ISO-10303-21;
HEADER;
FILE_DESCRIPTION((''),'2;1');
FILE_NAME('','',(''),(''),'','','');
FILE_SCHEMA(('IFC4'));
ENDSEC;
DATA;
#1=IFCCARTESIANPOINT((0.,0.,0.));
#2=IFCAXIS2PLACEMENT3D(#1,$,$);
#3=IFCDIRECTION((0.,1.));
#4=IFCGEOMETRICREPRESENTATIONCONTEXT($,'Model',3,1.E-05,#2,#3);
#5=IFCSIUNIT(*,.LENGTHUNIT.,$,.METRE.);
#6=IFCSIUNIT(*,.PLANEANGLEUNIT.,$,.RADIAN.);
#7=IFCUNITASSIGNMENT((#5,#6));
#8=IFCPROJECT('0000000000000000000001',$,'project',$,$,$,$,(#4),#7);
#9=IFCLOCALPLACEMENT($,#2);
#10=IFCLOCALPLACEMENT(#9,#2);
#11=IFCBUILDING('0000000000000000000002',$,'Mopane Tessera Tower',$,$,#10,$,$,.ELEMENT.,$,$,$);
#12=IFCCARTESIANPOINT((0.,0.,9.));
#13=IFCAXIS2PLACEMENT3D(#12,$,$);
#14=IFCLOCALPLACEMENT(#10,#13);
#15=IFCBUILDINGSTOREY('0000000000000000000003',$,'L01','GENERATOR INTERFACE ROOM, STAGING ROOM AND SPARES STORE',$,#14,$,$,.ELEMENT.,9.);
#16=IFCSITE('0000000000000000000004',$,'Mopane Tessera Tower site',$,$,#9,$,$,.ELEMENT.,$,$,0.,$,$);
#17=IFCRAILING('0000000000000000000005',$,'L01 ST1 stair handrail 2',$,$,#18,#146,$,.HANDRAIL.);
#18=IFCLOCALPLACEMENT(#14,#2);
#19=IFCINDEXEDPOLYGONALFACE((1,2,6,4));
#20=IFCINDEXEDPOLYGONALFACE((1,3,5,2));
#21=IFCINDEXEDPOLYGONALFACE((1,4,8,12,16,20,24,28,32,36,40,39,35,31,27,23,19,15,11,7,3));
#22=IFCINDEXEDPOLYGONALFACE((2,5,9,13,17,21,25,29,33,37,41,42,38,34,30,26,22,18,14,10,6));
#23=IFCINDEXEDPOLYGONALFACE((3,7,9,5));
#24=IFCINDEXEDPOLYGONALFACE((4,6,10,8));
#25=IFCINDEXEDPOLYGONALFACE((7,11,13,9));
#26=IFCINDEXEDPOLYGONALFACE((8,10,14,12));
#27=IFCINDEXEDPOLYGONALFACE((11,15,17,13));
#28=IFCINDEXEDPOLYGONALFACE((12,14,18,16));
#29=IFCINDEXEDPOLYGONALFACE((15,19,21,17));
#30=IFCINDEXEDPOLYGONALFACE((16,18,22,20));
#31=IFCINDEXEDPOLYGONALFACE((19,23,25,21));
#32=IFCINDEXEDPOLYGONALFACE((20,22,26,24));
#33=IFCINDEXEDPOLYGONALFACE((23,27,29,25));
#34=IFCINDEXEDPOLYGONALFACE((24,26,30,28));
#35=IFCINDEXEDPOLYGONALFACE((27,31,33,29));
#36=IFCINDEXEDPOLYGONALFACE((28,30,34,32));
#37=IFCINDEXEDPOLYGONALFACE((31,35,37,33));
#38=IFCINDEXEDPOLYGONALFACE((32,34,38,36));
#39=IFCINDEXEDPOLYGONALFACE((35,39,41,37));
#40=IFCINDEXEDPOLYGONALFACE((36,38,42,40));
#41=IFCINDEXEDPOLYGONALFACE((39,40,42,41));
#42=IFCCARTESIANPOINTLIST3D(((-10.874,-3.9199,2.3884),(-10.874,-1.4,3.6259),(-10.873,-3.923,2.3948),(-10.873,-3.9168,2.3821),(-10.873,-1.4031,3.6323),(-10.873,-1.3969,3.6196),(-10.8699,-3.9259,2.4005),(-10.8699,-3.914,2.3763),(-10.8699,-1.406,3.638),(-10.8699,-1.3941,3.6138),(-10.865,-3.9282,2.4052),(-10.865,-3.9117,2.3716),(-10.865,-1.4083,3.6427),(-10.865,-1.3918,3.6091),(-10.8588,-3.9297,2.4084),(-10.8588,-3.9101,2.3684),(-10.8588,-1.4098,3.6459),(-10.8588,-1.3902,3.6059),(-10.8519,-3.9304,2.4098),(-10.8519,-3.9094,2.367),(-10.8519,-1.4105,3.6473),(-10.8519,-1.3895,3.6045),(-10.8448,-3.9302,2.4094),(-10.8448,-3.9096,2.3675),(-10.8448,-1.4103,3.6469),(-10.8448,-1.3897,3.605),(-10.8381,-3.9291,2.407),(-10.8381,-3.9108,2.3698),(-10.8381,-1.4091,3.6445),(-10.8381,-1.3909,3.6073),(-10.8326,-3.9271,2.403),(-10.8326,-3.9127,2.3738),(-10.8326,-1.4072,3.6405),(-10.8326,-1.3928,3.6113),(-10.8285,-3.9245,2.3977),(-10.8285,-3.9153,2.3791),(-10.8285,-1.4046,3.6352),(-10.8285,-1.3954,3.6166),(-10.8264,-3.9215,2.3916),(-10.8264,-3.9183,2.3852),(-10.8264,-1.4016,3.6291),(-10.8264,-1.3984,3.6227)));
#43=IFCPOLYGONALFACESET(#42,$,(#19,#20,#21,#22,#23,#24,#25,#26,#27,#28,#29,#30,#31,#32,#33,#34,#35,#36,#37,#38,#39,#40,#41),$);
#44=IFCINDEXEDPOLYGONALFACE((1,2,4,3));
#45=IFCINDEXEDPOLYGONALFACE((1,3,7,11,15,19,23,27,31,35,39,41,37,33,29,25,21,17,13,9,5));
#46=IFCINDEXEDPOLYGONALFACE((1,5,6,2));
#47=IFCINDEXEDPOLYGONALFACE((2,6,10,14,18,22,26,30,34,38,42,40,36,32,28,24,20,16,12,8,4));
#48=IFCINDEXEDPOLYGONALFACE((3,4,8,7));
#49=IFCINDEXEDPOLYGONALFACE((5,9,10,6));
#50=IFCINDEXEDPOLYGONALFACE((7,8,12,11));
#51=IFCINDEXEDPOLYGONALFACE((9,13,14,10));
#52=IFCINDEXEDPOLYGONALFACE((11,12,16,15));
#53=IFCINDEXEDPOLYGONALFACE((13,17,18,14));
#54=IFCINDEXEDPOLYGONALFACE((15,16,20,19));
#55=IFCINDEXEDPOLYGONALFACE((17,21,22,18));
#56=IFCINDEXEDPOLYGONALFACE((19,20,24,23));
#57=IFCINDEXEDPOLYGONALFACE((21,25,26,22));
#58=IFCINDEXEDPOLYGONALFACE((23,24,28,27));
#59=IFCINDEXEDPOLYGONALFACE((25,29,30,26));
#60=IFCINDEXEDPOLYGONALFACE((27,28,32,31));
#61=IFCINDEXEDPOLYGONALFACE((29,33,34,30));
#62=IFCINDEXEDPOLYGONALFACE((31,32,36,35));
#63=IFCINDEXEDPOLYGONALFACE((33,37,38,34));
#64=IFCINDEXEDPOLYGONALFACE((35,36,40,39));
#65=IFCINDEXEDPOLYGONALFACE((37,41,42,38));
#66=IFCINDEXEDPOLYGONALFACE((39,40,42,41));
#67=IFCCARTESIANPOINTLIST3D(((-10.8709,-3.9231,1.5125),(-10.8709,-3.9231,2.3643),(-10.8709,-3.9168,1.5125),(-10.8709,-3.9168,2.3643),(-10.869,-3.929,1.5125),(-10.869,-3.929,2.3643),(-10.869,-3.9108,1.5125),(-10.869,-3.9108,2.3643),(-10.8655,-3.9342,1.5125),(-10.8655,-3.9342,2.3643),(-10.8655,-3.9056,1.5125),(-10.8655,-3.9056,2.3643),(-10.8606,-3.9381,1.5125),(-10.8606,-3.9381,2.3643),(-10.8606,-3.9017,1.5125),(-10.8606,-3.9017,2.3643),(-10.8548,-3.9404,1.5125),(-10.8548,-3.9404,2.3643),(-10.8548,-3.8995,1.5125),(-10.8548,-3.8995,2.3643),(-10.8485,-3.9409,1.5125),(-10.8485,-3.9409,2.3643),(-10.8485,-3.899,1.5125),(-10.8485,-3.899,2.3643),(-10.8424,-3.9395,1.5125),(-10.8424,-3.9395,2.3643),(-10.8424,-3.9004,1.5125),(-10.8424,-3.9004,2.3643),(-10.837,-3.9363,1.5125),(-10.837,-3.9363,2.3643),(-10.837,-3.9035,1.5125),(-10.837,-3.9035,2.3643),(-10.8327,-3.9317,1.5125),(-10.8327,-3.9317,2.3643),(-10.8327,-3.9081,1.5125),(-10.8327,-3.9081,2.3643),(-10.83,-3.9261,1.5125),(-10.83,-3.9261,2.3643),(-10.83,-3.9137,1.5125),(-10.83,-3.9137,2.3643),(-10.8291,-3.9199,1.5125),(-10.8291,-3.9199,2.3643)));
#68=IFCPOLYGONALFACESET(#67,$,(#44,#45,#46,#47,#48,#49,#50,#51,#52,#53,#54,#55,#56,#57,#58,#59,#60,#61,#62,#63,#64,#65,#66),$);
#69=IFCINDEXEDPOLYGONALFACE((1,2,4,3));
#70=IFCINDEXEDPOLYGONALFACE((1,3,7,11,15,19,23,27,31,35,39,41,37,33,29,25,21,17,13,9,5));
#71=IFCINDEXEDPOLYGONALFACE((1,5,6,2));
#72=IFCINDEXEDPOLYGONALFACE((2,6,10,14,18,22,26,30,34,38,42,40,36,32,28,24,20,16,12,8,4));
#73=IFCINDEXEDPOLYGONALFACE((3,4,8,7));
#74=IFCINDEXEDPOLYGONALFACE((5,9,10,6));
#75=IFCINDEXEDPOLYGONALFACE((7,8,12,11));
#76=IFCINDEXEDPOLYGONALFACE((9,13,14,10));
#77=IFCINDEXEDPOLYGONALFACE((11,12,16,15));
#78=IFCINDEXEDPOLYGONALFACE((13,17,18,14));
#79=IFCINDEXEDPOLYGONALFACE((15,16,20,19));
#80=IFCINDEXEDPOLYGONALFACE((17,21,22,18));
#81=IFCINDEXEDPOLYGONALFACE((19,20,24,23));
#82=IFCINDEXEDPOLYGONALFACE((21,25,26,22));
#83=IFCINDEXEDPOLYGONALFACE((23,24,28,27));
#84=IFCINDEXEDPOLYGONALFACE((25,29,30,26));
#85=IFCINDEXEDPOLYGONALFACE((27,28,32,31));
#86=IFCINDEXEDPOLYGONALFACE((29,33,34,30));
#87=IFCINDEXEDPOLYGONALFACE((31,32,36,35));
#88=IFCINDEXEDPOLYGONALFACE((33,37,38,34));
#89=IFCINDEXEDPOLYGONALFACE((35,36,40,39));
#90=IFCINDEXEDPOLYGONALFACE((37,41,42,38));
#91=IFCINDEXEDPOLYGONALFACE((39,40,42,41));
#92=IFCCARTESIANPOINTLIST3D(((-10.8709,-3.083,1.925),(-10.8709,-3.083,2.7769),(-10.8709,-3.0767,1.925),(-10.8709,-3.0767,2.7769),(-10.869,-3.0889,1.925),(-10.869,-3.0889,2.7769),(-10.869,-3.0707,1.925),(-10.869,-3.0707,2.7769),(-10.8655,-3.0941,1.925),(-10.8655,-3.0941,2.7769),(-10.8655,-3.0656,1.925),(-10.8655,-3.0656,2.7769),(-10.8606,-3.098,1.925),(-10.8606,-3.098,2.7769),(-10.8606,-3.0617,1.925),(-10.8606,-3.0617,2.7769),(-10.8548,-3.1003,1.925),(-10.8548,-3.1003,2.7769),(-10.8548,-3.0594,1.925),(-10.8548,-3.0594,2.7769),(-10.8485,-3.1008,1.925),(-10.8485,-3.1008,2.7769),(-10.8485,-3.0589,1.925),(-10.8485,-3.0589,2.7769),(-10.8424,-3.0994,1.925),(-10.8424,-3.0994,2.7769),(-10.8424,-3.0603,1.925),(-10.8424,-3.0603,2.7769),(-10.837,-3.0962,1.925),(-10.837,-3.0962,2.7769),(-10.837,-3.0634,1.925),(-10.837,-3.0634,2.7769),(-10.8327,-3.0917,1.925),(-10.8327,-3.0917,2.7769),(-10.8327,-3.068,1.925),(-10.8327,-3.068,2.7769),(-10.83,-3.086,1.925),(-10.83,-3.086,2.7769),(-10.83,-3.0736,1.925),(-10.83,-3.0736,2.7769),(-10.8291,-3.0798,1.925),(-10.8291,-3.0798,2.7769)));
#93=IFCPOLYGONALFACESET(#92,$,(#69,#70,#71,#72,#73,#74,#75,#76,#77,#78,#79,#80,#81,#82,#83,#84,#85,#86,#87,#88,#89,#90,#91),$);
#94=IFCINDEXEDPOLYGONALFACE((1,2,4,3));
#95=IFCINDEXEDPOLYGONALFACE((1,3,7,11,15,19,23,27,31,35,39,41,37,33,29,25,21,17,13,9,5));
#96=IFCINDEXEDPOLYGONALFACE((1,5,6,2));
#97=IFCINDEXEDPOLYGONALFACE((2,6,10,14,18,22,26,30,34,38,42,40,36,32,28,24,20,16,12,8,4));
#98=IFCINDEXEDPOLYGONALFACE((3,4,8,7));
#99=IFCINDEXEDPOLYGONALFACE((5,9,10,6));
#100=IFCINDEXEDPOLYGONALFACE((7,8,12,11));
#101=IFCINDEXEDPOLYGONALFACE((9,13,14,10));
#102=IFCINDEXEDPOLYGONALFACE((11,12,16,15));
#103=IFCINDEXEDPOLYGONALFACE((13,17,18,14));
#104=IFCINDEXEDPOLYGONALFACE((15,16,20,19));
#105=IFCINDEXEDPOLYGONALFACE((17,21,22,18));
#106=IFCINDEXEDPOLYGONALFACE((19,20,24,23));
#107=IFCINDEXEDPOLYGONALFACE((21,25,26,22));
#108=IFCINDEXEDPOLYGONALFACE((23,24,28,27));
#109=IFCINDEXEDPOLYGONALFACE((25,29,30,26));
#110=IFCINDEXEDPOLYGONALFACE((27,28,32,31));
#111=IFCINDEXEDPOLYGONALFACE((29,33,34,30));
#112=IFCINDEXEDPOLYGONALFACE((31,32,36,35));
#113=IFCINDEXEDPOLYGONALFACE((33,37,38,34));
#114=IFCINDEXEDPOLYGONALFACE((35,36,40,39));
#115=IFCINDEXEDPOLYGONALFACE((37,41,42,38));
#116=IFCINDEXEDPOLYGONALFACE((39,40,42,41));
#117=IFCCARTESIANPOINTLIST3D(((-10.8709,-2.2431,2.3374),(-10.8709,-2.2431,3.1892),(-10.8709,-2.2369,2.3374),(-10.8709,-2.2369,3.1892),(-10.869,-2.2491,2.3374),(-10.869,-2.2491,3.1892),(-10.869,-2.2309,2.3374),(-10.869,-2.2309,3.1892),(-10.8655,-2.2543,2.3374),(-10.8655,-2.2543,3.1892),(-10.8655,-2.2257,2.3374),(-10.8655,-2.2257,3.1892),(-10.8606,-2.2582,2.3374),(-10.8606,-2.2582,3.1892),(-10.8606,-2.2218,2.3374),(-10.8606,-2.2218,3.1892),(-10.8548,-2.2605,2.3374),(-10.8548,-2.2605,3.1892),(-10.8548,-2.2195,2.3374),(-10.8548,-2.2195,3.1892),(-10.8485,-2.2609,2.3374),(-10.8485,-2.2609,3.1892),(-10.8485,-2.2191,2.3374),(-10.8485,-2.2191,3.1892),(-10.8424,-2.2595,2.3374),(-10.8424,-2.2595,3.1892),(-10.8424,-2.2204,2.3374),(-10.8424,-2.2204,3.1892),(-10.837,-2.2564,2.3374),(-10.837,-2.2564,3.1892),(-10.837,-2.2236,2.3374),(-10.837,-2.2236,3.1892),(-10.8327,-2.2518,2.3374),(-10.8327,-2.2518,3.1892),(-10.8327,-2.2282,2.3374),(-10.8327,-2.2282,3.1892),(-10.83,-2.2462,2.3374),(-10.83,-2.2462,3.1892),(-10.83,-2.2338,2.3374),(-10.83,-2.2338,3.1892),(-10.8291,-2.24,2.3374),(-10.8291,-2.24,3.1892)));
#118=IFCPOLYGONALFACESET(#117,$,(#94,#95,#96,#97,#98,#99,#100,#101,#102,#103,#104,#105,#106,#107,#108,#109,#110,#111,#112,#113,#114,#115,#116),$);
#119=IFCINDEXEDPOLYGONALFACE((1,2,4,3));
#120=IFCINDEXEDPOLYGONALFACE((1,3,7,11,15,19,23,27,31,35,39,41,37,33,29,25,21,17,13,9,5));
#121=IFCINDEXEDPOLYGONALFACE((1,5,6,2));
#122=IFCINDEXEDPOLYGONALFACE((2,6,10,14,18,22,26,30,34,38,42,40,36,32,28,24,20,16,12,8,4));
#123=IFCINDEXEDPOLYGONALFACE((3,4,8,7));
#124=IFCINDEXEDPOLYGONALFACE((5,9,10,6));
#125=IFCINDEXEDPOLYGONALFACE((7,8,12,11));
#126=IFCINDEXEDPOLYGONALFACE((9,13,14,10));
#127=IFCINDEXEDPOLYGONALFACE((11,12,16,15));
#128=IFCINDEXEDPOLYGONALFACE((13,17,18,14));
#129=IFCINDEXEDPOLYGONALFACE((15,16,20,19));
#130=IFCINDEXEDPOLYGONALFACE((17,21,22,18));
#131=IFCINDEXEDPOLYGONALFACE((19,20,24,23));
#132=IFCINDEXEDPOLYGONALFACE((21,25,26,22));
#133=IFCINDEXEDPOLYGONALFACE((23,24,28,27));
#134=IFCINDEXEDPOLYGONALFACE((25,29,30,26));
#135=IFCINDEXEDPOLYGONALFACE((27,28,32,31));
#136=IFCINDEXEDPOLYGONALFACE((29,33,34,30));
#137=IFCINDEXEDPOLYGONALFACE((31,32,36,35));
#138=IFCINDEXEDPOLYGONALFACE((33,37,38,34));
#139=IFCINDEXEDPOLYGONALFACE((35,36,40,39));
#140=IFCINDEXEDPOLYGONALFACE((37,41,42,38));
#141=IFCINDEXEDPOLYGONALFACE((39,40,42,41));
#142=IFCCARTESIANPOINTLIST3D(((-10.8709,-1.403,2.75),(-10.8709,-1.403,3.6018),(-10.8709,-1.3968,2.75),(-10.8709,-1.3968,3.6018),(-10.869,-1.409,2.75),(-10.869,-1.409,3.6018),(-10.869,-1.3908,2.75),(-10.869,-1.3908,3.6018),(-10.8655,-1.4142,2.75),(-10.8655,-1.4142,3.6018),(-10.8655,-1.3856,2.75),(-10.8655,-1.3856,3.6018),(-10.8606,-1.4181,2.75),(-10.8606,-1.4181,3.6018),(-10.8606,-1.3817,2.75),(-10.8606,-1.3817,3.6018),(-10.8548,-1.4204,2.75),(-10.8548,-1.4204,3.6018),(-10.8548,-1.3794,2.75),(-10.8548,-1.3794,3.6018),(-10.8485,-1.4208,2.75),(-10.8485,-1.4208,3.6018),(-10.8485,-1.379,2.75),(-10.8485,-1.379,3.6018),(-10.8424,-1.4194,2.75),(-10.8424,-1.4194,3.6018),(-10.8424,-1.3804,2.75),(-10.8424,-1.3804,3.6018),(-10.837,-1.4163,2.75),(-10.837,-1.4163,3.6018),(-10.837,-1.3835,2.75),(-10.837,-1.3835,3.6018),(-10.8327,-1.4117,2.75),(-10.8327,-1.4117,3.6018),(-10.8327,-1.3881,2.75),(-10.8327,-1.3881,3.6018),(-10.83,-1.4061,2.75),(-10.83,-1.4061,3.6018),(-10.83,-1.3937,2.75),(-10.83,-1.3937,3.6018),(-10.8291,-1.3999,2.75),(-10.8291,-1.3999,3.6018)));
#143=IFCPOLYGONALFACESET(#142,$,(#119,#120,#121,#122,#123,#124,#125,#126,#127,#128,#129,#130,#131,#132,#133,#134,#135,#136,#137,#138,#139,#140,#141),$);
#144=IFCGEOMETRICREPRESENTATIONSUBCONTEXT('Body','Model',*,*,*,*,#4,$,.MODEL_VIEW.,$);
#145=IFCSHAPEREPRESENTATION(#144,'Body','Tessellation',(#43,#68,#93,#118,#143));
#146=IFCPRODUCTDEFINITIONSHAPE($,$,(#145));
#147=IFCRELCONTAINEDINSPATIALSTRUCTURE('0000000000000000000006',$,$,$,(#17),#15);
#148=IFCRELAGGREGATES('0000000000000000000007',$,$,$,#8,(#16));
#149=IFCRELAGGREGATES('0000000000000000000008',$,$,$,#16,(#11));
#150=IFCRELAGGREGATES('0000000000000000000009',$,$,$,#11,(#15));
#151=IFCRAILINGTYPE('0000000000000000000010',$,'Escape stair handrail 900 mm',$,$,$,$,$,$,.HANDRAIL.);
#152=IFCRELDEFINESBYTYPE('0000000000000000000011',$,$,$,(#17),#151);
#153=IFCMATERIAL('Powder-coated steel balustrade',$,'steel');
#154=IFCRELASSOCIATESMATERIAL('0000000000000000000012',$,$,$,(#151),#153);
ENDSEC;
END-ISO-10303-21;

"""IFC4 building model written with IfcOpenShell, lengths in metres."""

from ifc_helpers import new_model, si_unit, direction, frame, origin, origin_2d, place, context, subcontext, project, spatial, circle, extrude, material, type_object, element, save


model = new_model("IFC4")

# Units and contexts
model_context = context("Model", 3, precision=1e-05, world=origin(), true_north=direction((0.0, 1.0)))
body_context = subcontext(model_context, "Body", "Model", "MODEL_VIEW")
ifc_project = project(units=[si_unit("LENGTHUNIT", "METRE"), si_unit("PLANEANGLEUNIT", "RADIAN")], contexts=[model_context])

# Site, building, storey
site_placement = place(None, origin())
site = spatial("IfcSite", under=ifc_project, at=site_placement, Name="Mopane Tessera Tower site", CompositionType="ELEMENT", RefElevation=0.0)
building_placement = place(site_placement, origin())
building = spatial("IfcBuilding", under=site, at=building_placement, Name="Mopane Tessera Tower", CompositionType="ELEMENT")
storey_placement = place(building_placement, frame((0.0, 0.0, 9.0)))
storey = spatial("IfcBuildingStorey", under=building, at=storey_placement, Name="L01", Description="GENERATOR INTERFACE ROOM, STAGING ROOM AND SPARES STORE", CompositionType="ELEMENT", Elevation=9.0)

# Railing
ifc_material_1 = material(Name="Powder-coated steel balustrade", Category="steel")
railing_type_1 = type_object("IfcRailingType", Name="Escape stair handrail 900 mm", PredefinedType="HANDRAIL", material=ifc_material_1)
railing_1_placement = place(storey_placement, frame((-10.8501, -3.9199, 1.5125)))
element("IfcRailing", 1, at=railing_1_placement, inside=storey, type_object=railing_type_1, Name="L01 ST1 stair handrail 2", PredefinedType="HANDRAIL", context=body_context, shape_type="SweptSolid", body=[
    extrude(circle(Radius=0.0239, at=origin_2d()), frame((0.0, 0.0, 0.876), z_axis=(0.0, 0.897604, 0.440802), x_axis=(-1.0, 0.0, 0.0)), (0.0, 0.0, 1.0), 2.8074),
    extrude(circle(Radius=0.021, at=origin_2d()), origin(), (0.0, 0.0, 1.0), 0.8518),
    extrude(circle(Radius=0.021, at=origin_2d()), frame((0.0, 0.8401, 0.4126)), (0.0, 0.0, 1.0), 0.8518),
    extrude(circle(Radius=0.021, at=origin_2d()), frame((0.0, 1.6799, 0.825)), (0.0, 0.0, 1.0), 0.8518),
    extrude(circle(Radius=0.021, at=origin_2d()), frame((0.0, 2.52, 1.2375)), (0.0, 0.0, 1.0), 0.8518),
])

save(model, "model.ifc")
